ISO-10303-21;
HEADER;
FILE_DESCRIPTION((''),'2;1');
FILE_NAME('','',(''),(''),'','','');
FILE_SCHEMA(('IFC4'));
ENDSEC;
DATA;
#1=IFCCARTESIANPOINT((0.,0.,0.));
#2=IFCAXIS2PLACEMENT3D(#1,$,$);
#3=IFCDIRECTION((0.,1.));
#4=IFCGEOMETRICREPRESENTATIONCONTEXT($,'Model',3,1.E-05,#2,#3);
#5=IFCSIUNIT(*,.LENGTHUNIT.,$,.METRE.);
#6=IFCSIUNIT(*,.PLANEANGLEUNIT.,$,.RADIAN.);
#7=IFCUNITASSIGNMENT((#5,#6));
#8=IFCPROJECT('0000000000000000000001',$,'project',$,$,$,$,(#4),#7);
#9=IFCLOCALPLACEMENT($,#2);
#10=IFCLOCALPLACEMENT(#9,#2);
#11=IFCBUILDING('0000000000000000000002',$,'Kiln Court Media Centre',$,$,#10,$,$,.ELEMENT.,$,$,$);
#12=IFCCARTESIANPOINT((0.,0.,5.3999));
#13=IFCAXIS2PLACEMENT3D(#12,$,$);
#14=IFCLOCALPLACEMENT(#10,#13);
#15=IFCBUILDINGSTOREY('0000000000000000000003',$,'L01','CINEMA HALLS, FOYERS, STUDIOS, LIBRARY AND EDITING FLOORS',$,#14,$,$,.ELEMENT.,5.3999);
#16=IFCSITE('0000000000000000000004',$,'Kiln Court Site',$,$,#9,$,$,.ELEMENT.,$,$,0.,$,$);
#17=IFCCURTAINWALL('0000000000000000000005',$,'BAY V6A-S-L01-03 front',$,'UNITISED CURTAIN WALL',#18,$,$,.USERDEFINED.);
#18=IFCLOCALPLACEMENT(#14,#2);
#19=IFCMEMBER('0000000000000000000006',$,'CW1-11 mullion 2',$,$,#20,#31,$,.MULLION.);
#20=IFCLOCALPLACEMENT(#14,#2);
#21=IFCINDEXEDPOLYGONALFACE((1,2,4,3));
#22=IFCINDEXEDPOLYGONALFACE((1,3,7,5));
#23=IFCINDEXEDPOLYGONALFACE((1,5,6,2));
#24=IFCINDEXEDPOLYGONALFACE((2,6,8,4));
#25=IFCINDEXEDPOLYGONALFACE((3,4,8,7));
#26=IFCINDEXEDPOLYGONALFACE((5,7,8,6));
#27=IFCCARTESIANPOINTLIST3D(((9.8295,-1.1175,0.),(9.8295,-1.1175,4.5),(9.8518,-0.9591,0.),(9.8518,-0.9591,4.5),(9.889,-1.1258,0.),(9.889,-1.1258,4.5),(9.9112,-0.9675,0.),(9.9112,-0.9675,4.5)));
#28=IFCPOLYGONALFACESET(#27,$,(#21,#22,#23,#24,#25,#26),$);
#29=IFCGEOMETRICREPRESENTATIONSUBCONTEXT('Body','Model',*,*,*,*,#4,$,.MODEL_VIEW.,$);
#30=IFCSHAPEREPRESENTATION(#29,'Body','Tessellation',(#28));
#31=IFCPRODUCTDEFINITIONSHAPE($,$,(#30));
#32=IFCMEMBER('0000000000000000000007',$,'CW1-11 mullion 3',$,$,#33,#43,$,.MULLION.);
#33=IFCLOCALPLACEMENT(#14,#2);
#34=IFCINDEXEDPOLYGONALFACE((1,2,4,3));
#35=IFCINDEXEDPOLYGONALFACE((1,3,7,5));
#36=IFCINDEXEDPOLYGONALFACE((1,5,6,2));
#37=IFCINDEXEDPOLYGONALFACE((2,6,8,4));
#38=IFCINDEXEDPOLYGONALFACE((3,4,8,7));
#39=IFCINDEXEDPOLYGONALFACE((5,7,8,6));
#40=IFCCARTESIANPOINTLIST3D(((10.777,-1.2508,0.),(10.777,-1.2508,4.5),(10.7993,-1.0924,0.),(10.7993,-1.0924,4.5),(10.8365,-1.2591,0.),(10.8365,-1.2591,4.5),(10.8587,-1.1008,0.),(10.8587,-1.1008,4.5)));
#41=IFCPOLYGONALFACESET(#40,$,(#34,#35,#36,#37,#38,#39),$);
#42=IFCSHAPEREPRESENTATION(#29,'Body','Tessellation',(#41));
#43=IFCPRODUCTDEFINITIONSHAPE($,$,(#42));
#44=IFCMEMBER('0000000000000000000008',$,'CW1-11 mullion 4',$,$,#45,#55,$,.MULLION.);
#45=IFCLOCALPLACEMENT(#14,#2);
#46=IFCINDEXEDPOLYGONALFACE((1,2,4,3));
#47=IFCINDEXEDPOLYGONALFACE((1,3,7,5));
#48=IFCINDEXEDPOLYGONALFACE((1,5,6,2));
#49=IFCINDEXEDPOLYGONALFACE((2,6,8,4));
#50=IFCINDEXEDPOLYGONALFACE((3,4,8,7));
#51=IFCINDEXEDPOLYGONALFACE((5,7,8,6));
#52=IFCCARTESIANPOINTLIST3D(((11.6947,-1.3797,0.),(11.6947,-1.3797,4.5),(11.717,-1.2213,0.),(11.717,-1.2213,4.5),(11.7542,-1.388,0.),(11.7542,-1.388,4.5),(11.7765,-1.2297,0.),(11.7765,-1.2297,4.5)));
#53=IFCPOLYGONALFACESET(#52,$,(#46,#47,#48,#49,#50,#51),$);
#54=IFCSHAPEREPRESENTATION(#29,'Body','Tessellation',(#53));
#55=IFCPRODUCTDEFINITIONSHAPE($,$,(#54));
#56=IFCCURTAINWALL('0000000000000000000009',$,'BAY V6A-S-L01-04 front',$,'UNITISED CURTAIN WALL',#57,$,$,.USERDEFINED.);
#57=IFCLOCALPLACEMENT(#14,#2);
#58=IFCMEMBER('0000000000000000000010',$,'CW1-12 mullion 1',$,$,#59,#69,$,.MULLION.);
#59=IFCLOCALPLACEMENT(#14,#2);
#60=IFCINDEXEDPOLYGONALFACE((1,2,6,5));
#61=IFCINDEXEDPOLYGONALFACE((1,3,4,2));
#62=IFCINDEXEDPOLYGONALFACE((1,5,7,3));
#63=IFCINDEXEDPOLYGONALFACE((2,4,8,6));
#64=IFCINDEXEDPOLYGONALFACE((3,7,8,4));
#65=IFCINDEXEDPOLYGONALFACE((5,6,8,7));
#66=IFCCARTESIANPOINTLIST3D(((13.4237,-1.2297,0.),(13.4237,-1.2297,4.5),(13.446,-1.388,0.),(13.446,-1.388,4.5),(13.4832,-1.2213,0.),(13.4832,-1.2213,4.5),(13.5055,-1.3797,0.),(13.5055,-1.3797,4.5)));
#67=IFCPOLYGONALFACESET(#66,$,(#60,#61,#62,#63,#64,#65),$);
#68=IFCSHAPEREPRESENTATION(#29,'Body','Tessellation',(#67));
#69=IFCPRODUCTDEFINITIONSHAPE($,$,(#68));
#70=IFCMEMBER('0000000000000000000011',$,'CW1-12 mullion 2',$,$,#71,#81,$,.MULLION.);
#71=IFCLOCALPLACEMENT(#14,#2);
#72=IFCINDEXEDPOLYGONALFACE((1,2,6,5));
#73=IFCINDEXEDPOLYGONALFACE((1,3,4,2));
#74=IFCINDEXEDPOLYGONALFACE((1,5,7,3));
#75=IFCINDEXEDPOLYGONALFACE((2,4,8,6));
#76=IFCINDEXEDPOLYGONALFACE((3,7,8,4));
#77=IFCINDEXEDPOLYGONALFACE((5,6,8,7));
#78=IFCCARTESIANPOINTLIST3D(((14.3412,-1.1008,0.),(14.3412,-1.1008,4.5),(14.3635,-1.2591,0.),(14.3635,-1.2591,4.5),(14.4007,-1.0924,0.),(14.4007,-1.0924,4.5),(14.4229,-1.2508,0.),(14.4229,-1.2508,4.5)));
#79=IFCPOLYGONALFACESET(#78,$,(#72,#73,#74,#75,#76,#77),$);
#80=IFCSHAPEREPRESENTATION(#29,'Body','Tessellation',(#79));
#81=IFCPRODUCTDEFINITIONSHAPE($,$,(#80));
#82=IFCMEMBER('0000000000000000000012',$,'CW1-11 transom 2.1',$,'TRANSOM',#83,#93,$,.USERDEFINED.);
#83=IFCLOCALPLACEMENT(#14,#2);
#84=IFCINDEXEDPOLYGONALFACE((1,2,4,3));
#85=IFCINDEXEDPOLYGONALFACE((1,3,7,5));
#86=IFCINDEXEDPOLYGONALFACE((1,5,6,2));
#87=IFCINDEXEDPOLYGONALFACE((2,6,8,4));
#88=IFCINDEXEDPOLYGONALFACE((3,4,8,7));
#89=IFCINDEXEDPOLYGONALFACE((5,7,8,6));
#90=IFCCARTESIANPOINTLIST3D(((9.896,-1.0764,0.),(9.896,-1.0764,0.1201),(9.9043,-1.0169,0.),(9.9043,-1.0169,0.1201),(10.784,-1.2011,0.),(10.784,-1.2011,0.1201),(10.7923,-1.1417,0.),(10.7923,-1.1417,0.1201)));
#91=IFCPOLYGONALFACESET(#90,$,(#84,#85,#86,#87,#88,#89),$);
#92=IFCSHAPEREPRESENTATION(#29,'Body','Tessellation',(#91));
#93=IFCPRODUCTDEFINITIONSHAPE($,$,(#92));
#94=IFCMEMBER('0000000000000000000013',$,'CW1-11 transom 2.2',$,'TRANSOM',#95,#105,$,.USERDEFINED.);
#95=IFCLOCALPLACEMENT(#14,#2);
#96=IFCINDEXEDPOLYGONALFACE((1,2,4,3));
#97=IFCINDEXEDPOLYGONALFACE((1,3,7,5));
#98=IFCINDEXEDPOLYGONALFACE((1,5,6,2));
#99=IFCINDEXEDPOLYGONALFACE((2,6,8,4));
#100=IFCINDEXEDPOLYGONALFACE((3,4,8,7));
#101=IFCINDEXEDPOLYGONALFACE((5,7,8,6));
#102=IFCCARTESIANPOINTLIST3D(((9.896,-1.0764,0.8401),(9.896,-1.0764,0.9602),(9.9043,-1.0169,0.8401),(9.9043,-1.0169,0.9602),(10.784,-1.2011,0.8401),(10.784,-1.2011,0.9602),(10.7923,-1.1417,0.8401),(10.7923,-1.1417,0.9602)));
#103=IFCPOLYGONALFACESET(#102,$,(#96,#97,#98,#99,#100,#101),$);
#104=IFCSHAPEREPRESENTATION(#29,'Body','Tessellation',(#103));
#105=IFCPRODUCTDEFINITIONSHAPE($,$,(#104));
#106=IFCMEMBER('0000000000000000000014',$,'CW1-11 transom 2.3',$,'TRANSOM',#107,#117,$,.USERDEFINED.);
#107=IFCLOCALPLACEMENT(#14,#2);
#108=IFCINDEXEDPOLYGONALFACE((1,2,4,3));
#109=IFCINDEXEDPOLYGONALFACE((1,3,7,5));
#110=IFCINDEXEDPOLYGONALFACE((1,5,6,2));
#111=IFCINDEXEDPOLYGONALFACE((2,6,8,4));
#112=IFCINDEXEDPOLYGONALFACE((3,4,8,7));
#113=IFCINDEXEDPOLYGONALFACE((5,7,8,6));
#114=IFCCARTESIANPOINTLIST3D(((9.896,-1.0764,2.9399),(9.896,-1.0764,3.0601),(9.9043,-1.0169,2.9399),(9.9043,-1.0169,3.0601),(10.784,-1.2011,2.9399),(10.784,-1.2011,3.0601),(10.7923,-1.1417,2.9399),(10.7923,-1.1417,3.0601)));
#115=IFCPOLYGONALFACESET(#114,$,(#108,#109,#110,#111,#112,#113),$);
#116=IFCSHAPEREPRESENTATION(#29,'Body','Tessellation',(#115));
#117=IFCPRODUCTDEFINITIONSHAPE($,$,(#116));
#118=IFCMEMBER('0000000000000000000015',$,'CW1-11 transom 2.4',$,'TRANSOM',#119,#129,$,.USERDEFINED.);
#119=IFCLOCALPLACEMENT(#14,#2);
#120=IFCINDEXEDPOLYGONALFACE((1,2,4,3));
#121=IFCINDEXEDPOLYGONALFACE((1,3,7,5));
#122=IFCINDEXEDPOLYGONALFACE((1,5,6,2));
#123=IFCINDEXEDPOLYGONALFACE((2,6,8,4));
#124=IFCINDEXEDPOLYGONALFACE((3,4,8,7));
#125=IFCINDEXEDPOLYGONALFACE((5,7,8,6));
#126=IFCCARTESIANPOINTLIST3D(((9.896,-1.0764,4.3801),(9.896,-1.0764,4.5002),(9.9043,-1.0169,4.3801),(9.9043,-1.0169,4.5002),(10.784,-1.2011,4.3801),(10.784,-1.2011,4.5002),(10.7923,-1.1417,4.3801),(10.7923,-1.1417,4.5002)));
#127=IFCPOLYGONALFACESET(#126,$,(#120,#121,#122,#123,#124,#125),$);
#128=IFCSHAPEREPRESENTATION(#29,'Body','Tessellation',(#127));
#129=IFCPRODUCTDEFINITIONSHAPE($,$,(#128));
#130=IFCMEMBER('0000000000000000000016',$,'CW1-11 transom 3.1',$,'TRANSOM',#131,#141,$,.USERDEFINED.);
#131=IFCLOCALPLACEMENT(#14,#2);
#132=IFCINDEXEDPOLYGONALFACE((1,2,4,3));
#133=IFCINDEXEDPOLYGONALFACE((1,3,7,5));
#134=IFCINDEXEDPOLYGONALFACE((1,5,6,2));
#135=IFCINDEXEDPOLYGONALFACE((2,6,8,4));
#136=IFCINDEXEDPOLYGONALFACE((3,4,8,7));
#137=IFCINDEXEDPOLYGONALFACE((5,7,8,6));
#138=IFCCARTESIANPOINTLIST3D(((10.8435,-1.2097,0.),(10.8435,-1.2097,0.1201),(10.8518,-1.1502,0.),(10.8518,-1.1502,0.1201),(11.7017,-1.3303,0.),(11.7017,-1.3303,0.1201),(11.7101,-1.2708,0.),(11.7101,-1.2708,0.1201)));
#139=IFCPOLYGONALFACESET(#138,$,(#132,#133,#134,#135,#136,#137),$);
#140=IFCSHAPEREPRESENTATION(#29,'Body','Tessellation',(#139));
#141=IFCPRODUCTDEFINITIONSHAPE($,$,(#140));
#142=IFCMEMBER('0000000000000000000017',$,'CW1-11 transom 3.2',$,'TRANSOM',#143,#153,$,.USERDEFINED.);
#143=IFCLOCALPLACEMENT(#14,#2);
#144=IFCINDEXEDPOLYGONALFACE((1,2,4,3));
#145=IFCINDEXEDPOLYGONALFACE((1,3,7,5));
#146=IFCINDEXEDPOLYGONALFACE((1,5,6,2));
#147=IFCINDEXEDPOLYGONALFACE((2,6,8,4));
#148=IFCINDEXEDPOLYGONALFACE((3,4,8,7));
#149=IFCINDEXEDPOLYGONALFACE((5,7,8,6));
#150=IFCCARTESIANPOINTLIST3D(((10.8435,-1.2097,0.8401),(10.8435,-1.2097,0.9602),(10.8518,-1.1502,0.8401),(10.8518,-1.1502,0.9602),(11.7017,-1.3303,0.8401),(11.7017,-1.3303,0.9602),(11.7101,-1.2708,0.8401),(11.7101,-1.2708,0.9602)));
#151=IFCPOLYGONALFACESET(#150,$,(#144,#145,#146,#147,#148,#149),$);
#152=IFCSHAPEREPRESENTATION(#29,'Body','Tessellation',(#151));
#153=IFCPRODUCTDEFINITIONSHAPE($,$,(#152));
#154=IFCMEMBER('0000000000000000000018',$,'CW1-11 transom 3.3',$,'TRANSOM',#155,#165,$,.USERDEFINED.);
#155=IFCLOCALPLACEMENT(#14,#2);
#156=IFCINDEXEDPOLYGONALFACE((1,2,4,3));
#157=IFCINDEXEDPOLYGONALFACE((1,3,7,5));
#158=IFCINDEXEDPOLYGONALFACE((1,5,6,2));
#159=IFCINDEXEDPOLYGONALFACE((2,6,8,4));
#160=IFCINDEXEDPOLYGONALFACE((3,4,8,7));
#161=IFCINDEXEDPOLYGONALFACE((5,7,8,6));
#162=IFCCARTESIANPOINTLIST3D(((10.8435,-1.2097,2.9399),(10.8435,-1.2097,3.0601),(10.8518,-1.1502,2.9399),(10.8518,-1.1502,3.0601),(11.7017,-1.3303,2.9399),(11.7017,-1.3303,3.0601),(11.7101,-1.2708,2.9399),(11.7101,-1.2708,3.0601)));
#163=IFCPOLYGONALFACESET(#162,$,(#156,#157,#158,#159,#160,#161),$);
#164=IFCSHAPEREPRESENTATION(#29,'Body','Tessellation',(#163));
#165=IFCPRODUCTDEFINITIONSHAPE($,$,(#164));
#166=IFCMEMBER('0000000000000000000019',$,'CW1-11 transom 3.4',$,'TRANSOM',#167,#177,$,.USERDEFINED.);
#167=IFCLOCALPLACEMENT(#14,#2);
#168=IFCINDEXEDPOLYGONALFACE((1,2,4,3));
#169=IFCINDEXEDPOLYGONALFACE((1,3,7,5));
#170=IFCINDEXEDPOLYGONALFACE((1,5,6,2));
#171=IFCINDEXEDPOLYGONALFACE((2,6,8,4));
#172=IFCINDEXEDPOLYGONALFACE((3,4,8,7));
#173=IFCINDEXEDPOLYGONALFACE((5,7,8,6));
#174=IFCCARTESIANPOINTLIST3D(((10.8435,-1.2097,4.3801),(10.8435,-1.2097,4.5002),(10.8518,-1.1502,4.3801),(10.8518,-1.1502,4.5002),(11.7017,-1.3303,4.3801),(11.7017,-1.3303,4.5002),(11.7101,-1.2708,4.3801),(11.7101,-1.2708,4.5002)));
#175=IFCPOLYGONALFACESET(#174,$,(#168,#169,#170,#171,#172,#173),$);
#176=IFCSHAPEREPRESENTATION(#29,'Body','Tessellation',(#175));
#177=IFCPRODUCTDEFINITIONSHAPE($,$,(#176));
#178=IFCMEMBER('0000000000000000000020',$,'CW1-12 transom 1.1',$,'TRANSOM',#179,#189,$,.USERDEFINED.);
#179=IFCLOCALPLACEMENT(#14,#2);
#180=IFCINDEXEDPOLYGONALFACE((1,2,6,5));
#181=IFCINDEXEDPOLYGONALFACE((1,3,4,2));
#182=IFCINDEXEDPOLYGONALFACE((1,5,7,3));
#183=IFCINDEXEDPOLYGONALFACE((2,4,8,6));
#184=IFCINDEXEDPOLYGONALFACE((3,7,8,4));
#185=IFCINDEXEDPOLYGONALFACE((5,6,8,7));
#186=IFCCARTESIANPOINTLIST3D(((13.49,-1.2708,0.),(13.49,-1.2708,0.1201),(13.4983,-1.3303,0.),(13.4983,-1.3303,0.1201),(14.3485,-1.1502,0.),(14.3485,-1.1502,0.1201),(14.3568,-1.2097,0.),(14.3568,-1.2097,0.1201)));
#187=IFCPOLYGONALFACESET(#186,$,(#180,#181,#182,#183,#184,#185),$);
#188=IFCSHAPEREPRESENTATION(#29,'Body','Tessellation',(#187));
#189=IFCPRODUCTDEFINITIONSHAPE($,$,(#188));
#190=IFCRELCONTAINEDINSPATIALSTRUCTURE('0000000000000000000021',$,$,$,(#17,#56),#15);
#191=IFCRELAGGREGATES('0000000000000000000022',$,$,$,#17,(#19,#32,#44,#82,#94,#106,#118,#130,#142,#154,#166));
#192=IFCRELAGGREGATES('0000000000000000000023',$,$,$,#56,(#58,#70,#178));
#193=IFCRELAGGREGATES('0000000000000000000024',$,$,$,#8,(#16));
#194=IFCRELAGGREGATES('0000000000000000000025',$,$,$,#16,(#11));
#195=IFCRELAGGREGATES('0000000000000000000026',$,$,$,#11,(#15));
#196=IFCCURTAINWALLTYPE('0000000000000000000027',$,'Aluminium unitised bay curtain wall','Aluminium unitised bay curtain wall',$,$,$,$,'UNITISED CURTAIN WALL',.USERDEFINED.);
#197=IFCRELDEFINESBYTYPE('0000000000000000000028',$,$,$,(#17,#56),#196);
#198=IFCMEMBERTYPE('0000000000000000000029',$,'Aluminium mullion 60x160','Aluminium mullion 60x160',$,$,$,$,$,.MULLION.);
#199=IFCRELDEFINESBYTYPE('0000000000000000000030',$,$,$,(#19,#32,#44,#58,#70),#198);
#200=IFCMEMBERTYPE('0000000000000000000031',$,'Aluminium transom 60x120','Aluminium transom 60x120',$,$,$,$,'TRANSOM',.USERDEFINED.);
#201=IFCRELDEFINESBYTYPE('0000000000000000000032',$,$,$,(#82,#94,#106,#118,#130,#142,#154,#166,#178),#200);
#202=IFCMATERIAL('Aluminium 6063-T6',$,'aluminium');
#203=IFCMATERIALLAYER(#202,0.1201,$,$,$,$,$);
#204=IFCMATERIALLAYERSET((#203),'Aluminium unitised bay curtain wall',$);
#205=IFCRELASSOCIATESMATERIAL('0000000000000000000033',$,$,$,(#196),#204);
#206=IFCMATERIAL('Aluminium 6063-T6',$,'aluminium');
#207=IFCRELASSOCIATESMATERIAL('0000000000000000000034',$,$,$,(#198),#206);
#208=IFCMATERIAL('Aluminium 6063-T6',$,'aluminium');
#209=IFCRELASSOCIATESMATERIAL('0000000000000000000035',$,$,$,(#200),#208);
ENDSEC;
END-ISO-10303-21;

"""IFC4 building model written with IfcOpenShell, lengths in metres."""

from ifc_helpers import new_model, si_unit, direction, frame, origin, origin_2d, place, context, subcontext, project, spatial, rectangle, extrude, material, layer, layer_set, material_profile, profile_set, type_object, element, aggregate, save


model = new_model("IFC4")

# Units and contexts
model_context = context("Model", 3, precision=1e-05, world=origin(), true_north=direction((0.0, 1.0)))
body_context = subcontext(model_context, "Body", "Model", "MODEL_VIEW")
ifc_project = project(units=[si_unit("LENGTHUNIT", "METRE"), si_unit("PLANEANGLEUNIT", "RADIAN")], contexts=[model_context])

# Site, building, storey
site_placement = place(None, origin())
site = spatial("IfcSite", under=ifc_project, at=site_placement, Name="Kiln Court Site", CompositionType="ELEMENT", RefElevation=0.0)
building_placement = place(site_placement, origin())
building = spatial("IfcBuilding", under=site, at=building_placement, Name="Kiln Court Media Centre", CompositionType="ELEMENT")
storey_placement = place(building_placement, frame((0.0, 0.0, 5.3999)))
storey = spatial("IfcBuildingStorey", under=building, at=storey_placement, Name="L01", Description="CINEMA HALLS, FOYERS, STUDIOS, LIBRARY AND EDITING FLOORS", CompositionType="ELEMENT", Elevation=5.3999)

# Curtain walls, members
ifc_material_1 = material(Name="Aluminium 6063-T6", Category="aluminium")
ifc_layer_1 = layer(ifc_material_1, 0.1201)
ifc_layer_set_1 = layer_set([ifc_layer_1], Name="Aluminium unitised bay curtain wall")
curtain_wall_type = type_object("IfcCurtainWallType", Name="Aluminium unitised bay curtain wall", Description="Aluminium unitised bay curtain wall", ElementType="UNITISED CURTAIN WALL", PredefinedType="USERDEFINED", material=ifc_layer_set_1)
curtain_wall_1_placement = place(storey_placement, origin())
curtain_wall_1 = element("IfcCurtainWall", 1, at=curtain_wall_1_placement, inside=storey, type_object=curtain_wall_type, Name="BAY V6A-S-L01-03 front", ObjectType="UNITISED CURTAIN WALL", PredefinedType="USERDEFINED")
ifc_material_2 = material(Name="Aluminium 6063-T6", Category="aluminium")
ifc_material_profile_1 = material_profile(ifc_material_2, rectangle(XDim=0.0601, YDim=0.1599, at=origin_2d()), Name="Aluminium mullion 60x160")
ifc_profile_set_1 = profile_set([ifc_material_profile_1], Name="Aluminium 6063-T6")
member_type_1 = type_object("IfcMemberType", Name="Aluminium mullion 60x160", Description="Aluminium mullion 60x160", PredefinedType="MULLION", material=ifc_profile_set_1)
member_1_placement = place(storey_placement, frame((9.8704, -1.0425, 0.0), z_axis=(0.0, 0.0, 1.0), x_axis=(0.99027, -0.139162, 0.0)))
member_1 = element("IfcMember", 2, at=member_1_placement, type_object=member_type_1, Name="CW1-11 mullion 2", PredefinedType="MULLION", context=body_context, shape_type="SweptSolid", body=[
    extrude(rectangle(XDim=0.0601, YDim=0.1599, at=origin_2d()), origin(), (0.0, 0.0, 1.0), 4.5),
])
member_2_placement = place(storey_placement, frame((10.8179, -1.1758, 0.0), z_axis=(0.0, 0.0, 1.0), x_axis=(0.99027, -0.139162, 0.0)))
member_2 = element("IfcMember", 3, at=member_2_placement, type_object=member_type_1, Name="CW1-11 mullion 3", PredefinedType="MULLION", context=body_context, shape_type="SweptSolid", body=[
    extrude(rectangle(XDim=0.0601, YDim=0.1599, at=origin_2d()), origin(), (0.0, 0.0, 1.0), 4.5),
])
member_3_placement = place(storey_placement, frame((11.7356, -1.3047, 0.0), z_axis=(0.0, 0.0, 1.0), x_axis=(0.99027, -0.139162, 0.0)))
member_3 = element("IfcMember", 4, at=member_3_placement, type_object=member_type_1, Name="CW1-11 mullion 4", PredefinedType="MULLION", context=body_context, shape_type="SweptSolid", body=[
    extrude(rectangle(XDim=0.0601, YDim=0.1599, at=origin_2d()), origin(), (0.0, 0.0, 1.0), 4.5),
])
curtain_wall_2_placement = place(storey_placement, origin())
curtain_wall_2 = element("IfcCurtainWall", 5, at=curtain_wall_2_placement, inside=storey, type_object=curtain_wall_type, Name="BAY V6A-S-L01-04 front", ObjectType="UNITISED CURTAIN WALL", PredefinedType="USERDEFINED")
member_4_placement = place(storey_placement, frame((13.4646, -1.3047, 0.0), z_axis=(0.0, 0.0, 1.0), x_axis=(0.99027, 0.139162, 0.0)))
member_4 = element("IfcMember", 6, at=member_4_placement, type_object=member_type_1, Name="CW1-12 mullion 1", PredefinedType="MULLION", context=body_context, shape_type="SweptSolid", body=[
    extrude(rectangle(XDim=0.0601, YDim=0.1599, at=origin_2d()), origin(), (0.0, 0.0, 1.0), 4.5),
])
member_5_placement = place(storey_placement, frame((14.3821, -1.1758, 0.0), z_axis=(0.0, 0.0, 1.0), x_axis=(0.99027, 0.139162, 0.0)))
member_5 = element("IfcMember", 7, at=member_5_placement, type_object=member_type_1, Name="CW1-12 mullion 2", PredefinedType="MULLION", context=body_context, shape_type="SweptSolid", body=[
    extrude(rectangle(XDim=0.0601, YDim=0.1599, at=origin_2d()), origin(), (0.0, 0.0, 1.0), 4.5),
])

# Members
ifc_material_3 = material(Name="Aluminium 6063-T6", Category="aluminium")
ifc_material_profile_2 = material_profile(ifc_material_3, rectangle(XDim=0.0601, YDim=0.1201, at=origin_2d()), Name="Aluminium transom 60x120")
ifc_profile_set_2 = profile_set([ifc_material_profile_2], Name="Aluminium 6063-T6")
member_type_2 = type_object("IfcMemberType", Name="Aluminium transom 60x120", Description="Aluminium transom 60x120", ElementType="TRANSOM", PredefinedType="USERDEFINED", material=ifc_profile_set_2)
member_6_placement = place(storey_placement, frame((9.9001, -1.0466, 0.0601), z_axis=(0.990274, -0.139134, 0.0), x_axis=(0.139134, 0.990274, 0.0)))
member_6 = element("IfcMember", 8, at=member_6_placement, type_object=member_type_2, Name="CW1-11 transom 2.1", ObjectType="TRANSOM", PredefinedType="USERDEFINED", context=body_context, shape_type="SweptSolid", body=[
    extrude(rectangle(XDim=0.0601, YDim=0.1201, at=origin_2d()), origin(), (0.0, 0.0, 1.0), 0.8967),
])
member_7_placement = place(storey_placement, frame((9.9001, -1.0466, 0.9001), z_axis=(0.990274, -0.139134, 0.0), x_axis=(0.139134, 0.990274, 0.0)))
member_7 = element("IfcMember", 9, at=member_7_placement, type_object=member_type_2, Name="CW1-11 transom 2.2", ObjectType="TRANSOM", PredefinedType="USERDEFINED", context=body_context, shape_type="SweptSolid", body=[
    extrude(rectangle(XDim=0.0601, YDim=0.1201, at=origin_2d()), origin(), (0.0, 0.0, 1.0), 0.8967),
])
member_8_placement = place(storey_placement, frame((9.9001, -1.0466, 3.0), z_axis=(0.990274, -0.139134, 0.0), x_axis=(0.139134, 0.990274, 0.0)))
member_8 = element("IfcMember", 10, at=member_8_placement, type_object=member_type_2, Name="CW1-11 transom 2.3", ObjectType="TRANSOM", PredefinedType="USERDEFINED", context=body_context, shape_type="SweptSolid", body=[
    extrude(rectangle(XDim=0.0601, YDim=0.1201, at=origin_2d()), origin(), (0.0, 0.0, 1.0), 0.8967),
])
member_9_placement = place(storey_placement, frame((9.9001, -1.0466, 4.4402), z_axis=(0.990274, -0.139134, 0.0), x_axis=(0.139134, 0.990274, 0.0)))
member_9 = element("IfcMember", 11, at=member_9_placement, type_object=member_type_2, Name="CW1-11 transom 2.4", ObjectType="TRANSOM", PredefinedType="USERDEFINED", context=body_context, shape_type="SweptSolid", body=[
    extrude(rectangle(XDim=0.0601, YDim=0.1201, at=origin_2d()), origin(), (0.0, 0.0, 1.0), 0.8967),
])
member_10_placement = place(storey_placement, frame((10.8477, -1.1799, 0.0601), z_axis=(0.990268, -0.139173, 0.0), x_axis=(0.139173, 0.990268, 0.0)))
member_10 = element("IfcMember", 12, at=member_10_placement, type_object=member_type_2, Name="CW1-11 transom 3.1", ObjectType="TRANSOM", PredefinedType="USERDEFINED", context=body_context, shape_type="SweptSolid", body=[
    extrude(rectangle(XDim=0.0601, YDim=0.1201, at=origin_2d()), origin(), (0.0, 0.0, 1.0), 0.8667),
])
member_11_placement = place(storey_placement, frame((10.8477, -1.1799, 0.9001), z_axis=(0.990268, -0.139173, 0.0), x_axis=(0.139173, 0.990268, 0.0)))
member_11 = element("IfcMember", 13, at=member_11_placement, type_object=member_type_2, Name="CW1-11 transom 3.2", ObjectType="TRANSOM", PredefinedType="USERDEFINED", context=body_context, shape_type="SweptSolid", body=[
    extrude(rectangle(XDim=0.0601, YDim=0.1201, at=origin_2d()), origin(), (0.0, 0.0, 1.0), 0.8667),
])
member_12_placement = place(storey_placement, frame((10.8477, -1.1799, 3.0), z_axis=(0.990268, -0.139173, 0.0), x_axis=(0.139173, 0.990268, 0.0)))
member_12 = element("IfcMember", 14, at=member_12_placement, type_object=member_type_2, Name="CW1-11 transom 3.3", ObjectType="TRANSOM", PredefinedType="USERDEFINED", context=body_context, shape_type="SweptSolid", body=[
    extrude(rectangle(XDim=0.0601, YDim=0.1201, at=origin_2d()), origin(), (0.0, 0.0, 1.0), 0.8667),
])
member_13_placement = place(storey_placement, frame((10.8477, -1.1799, 4.4402), z_axis=(0.990268, -0.139173, 0.0), x_axis=(0.139173, 0.990268, 0.0)))
member_13 = element("IfcMember", 15, at=member_13_placement, type_object=member_type_2, Name="CW1-11 transom 3.4", ObjectType="TRANSOM", PredefinedType="USERDEFINED", context=body_context, shape_type="SweptSolid", body=[
    extrude(rectangle(XDim=0.0601, YDim=0.1201, at=origin_2d()), origin(), (0.0, 0.0, 1.0), 0.8667),
])
member_14_placement = place(storey_placement, frame((13.4941, -1.3005, 0.0601), z_axis=(0.990274, 0.139134, 0.0), x_axis=(-0.139134, 0.990274, 0.0)))
member_14 = element("IfcMember", 16, at=member_14_placement, type_object=member_type_2, Name="CW1-12 transom 1.1", ObjectType="TRANSOM", PredefinedType="USERDEFINED", context=body_context, shape_type="SweptSolid", body=[
    extrude(rectangle(XDim=0.0601, YDim=0.1201, at=origin_2d()), origin(), (0.0, 0.0, 1.0), 0.8669),
])

aggregate(curtain_wall_1, [member_1, member_2, member_3, member_6, member_7, member_8, member_9, member_10, member_11, member_12, member_13])
aggregate(curtain_wall_2, [member_4, member_5, member_14])

save(model, "model.ifc")
